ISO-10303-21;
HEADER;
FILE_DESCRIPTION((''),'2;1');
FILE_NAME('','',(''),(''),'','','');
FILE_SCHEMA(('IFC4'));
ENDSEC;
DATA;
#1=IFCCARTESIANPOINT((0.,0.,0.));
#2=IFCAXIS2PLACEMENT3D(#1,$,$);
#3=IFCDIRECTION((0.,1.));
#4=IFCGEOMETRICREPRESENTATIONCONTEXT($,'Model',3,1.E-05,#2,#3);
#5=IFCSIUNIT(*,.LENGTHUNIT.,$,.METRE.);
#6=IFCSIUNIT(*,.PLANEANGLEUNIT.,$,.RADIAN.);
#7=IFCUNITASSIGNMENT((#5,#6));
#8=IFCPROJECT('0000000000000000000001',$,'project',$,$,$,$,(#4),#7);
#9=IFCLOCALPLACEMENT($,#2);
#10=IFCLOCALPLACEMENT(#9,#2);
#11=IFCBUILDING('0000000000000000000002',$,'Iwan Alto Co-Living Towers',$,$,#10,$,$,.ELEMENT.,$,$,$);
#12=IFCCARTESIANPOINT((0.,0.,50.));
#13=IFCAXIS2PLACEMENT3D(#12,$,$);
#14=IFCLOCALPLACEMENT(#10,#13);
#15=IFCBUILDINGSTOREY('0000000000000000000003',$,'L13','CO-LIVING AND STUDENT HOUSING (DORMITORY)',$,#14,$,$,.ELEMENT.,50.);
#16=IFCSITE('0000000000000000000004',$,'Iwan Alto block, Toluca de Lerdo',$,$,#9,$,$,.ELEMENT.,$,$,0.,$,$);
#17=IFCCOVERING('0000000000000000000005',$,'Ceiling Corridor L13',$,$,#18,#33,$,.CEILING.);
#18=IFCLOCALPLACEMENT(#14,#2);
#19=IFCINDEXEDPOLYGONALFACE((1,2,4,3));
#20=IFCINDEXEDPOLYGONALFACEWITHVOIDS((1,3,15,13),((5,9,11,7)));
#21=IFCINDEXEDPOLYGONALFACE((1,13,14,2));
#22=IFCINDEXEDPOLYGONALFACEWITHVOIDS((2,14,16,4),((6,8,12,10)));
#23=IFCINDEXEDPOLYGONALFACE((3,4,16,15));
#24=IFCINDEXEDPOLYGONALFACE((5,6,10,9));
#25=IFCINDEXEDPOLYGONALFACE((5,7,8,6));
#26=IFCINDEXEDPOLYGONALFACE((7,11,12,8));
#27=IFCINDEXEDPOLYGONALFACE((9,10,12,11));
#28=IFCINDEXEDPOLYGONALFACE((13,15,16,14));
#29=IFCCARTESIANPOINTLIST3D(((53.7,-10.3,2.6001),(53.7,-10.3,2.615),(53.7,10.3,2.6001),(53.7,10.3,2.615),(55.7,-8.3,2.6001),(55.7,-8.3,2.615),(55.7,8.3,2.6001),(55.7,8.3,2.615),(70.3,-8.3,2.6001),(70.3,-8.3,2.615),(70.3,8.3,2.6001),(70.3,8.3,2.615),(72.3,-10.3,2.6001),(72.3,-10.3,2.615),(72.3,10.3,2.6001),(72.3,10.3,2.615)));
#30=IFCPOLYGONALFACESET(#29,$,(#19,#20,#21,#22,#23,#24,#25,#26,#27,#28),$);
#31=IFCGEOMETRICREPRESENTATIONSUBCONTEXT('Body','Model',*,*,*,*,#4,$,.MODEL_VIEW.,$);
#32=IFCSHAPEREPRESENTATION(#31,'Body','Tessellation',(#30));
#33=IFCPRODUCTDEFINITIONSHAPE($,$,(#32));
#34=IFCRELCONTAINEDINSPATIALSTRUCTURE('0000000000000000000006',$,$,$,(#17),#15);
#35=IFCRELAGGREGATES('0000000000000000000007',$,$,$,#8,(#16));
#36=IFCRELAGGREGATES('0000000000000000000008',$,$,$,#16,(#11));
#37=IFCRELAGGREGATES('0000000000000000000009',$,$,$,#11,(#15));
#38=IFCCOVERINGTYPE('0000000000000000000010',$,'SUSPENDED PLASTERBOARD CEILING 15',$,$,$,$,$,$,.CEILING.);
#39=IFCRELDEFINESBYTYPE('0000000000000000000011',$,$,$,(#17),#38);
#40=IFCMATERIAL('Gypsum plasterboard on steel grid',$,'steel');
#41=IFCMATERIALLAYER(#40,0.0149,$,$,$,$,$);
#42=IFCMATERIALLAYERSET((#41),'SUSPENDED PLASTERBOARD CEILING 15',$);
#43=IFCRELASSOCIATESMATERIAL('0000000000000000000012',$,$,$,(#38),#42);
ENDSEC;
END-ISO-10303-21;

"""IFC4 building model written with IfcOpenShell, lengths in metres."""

from ifc_helpers import new_model, si_unit, direction, frame, origin, place, context, subcontext, project, spatial, polyline, outline, extrude, material, layer, layer_set, type_object, element, save


model = new_model("IFC4")

# Units and contexts
model_context = context("Model", 3, precision=1e-05, world=origin(), true_north=direction((0.0, 1.0)))
body_context = subcontext(model_context, "Body", "Model", "MODEL_VIEW")
ifc_project = project(units=[si_unit("LENGTHUNIT", "METRE"), si_unit("PLANEANGLEUNIT", "RADIAN")], contexts=[model_context])

# Site, building, storey
site_placement = place(None, origin())
site = spatial("IfcSite", under=ifc_project, at=site_placement, Name="Iwan Alto block, Toluca de Lerdo", CompositionType="ELEMENT", RefElevation=0.0)
building_placement = place(site_placement, origin())
building = spatial("IfcBuilding", under=site, at=building_placement, Name="Iwan Alto Co-Living Towers", CompositionType="ELEMENT")
storey_placement = place(building_placement, frame((0.0, 0.0, 50.0)))
storey = spatial("IfcBuildingStorey", under=building, at=storey_placement, Name="L13", Description="CO-LIVING AND STUDENT HOUSING (DORMITORY)", CompositionType="ELEMENT", Elevation=50.0)

# Covering
ifc_material_1 = material(Name="Gypsum plasterboard on steel grid", Category="steel")
ifc_layer_1 = layer(ifc_material_1, 0.0149)
ifc_layer_set_1 = layer_set([ifc_layer_1], Name="SUSPENDED PLASTERBOARD CEILING 15")
covering_type = type_object("IfcCoveringType", Name="SUSPENDED PLASTERBOARD CEILING 15", PredefinedType="CEILING", material=ifc_layer_set_1)
covering_placement = place(storey_placement, frame((0.0, 0.0, 2.6001)))
element("IfcCovering", 1, at=covering_placement, inside=storey, type_object=covering_type, Name="Ceiling Corridor L13", PredefinedType="CEILING", context=body_context, shape_type="SweptSolid", body=[
    extrude(outline(polyline([(53.7, 10.3), (72.3, 10.3), (72.3, -10.3), (53.7, -10.3), (53.7, 10.3)]), holes=[polyline([(55.7, 8.3), (55.7, -8.3), (70.3, -8.3), (70.3, 8.3), (55.7, 8.3)])]), origin(), (0.0, 0.0, 1.0), 0.0149),
])

save(model, "model.ifc")
